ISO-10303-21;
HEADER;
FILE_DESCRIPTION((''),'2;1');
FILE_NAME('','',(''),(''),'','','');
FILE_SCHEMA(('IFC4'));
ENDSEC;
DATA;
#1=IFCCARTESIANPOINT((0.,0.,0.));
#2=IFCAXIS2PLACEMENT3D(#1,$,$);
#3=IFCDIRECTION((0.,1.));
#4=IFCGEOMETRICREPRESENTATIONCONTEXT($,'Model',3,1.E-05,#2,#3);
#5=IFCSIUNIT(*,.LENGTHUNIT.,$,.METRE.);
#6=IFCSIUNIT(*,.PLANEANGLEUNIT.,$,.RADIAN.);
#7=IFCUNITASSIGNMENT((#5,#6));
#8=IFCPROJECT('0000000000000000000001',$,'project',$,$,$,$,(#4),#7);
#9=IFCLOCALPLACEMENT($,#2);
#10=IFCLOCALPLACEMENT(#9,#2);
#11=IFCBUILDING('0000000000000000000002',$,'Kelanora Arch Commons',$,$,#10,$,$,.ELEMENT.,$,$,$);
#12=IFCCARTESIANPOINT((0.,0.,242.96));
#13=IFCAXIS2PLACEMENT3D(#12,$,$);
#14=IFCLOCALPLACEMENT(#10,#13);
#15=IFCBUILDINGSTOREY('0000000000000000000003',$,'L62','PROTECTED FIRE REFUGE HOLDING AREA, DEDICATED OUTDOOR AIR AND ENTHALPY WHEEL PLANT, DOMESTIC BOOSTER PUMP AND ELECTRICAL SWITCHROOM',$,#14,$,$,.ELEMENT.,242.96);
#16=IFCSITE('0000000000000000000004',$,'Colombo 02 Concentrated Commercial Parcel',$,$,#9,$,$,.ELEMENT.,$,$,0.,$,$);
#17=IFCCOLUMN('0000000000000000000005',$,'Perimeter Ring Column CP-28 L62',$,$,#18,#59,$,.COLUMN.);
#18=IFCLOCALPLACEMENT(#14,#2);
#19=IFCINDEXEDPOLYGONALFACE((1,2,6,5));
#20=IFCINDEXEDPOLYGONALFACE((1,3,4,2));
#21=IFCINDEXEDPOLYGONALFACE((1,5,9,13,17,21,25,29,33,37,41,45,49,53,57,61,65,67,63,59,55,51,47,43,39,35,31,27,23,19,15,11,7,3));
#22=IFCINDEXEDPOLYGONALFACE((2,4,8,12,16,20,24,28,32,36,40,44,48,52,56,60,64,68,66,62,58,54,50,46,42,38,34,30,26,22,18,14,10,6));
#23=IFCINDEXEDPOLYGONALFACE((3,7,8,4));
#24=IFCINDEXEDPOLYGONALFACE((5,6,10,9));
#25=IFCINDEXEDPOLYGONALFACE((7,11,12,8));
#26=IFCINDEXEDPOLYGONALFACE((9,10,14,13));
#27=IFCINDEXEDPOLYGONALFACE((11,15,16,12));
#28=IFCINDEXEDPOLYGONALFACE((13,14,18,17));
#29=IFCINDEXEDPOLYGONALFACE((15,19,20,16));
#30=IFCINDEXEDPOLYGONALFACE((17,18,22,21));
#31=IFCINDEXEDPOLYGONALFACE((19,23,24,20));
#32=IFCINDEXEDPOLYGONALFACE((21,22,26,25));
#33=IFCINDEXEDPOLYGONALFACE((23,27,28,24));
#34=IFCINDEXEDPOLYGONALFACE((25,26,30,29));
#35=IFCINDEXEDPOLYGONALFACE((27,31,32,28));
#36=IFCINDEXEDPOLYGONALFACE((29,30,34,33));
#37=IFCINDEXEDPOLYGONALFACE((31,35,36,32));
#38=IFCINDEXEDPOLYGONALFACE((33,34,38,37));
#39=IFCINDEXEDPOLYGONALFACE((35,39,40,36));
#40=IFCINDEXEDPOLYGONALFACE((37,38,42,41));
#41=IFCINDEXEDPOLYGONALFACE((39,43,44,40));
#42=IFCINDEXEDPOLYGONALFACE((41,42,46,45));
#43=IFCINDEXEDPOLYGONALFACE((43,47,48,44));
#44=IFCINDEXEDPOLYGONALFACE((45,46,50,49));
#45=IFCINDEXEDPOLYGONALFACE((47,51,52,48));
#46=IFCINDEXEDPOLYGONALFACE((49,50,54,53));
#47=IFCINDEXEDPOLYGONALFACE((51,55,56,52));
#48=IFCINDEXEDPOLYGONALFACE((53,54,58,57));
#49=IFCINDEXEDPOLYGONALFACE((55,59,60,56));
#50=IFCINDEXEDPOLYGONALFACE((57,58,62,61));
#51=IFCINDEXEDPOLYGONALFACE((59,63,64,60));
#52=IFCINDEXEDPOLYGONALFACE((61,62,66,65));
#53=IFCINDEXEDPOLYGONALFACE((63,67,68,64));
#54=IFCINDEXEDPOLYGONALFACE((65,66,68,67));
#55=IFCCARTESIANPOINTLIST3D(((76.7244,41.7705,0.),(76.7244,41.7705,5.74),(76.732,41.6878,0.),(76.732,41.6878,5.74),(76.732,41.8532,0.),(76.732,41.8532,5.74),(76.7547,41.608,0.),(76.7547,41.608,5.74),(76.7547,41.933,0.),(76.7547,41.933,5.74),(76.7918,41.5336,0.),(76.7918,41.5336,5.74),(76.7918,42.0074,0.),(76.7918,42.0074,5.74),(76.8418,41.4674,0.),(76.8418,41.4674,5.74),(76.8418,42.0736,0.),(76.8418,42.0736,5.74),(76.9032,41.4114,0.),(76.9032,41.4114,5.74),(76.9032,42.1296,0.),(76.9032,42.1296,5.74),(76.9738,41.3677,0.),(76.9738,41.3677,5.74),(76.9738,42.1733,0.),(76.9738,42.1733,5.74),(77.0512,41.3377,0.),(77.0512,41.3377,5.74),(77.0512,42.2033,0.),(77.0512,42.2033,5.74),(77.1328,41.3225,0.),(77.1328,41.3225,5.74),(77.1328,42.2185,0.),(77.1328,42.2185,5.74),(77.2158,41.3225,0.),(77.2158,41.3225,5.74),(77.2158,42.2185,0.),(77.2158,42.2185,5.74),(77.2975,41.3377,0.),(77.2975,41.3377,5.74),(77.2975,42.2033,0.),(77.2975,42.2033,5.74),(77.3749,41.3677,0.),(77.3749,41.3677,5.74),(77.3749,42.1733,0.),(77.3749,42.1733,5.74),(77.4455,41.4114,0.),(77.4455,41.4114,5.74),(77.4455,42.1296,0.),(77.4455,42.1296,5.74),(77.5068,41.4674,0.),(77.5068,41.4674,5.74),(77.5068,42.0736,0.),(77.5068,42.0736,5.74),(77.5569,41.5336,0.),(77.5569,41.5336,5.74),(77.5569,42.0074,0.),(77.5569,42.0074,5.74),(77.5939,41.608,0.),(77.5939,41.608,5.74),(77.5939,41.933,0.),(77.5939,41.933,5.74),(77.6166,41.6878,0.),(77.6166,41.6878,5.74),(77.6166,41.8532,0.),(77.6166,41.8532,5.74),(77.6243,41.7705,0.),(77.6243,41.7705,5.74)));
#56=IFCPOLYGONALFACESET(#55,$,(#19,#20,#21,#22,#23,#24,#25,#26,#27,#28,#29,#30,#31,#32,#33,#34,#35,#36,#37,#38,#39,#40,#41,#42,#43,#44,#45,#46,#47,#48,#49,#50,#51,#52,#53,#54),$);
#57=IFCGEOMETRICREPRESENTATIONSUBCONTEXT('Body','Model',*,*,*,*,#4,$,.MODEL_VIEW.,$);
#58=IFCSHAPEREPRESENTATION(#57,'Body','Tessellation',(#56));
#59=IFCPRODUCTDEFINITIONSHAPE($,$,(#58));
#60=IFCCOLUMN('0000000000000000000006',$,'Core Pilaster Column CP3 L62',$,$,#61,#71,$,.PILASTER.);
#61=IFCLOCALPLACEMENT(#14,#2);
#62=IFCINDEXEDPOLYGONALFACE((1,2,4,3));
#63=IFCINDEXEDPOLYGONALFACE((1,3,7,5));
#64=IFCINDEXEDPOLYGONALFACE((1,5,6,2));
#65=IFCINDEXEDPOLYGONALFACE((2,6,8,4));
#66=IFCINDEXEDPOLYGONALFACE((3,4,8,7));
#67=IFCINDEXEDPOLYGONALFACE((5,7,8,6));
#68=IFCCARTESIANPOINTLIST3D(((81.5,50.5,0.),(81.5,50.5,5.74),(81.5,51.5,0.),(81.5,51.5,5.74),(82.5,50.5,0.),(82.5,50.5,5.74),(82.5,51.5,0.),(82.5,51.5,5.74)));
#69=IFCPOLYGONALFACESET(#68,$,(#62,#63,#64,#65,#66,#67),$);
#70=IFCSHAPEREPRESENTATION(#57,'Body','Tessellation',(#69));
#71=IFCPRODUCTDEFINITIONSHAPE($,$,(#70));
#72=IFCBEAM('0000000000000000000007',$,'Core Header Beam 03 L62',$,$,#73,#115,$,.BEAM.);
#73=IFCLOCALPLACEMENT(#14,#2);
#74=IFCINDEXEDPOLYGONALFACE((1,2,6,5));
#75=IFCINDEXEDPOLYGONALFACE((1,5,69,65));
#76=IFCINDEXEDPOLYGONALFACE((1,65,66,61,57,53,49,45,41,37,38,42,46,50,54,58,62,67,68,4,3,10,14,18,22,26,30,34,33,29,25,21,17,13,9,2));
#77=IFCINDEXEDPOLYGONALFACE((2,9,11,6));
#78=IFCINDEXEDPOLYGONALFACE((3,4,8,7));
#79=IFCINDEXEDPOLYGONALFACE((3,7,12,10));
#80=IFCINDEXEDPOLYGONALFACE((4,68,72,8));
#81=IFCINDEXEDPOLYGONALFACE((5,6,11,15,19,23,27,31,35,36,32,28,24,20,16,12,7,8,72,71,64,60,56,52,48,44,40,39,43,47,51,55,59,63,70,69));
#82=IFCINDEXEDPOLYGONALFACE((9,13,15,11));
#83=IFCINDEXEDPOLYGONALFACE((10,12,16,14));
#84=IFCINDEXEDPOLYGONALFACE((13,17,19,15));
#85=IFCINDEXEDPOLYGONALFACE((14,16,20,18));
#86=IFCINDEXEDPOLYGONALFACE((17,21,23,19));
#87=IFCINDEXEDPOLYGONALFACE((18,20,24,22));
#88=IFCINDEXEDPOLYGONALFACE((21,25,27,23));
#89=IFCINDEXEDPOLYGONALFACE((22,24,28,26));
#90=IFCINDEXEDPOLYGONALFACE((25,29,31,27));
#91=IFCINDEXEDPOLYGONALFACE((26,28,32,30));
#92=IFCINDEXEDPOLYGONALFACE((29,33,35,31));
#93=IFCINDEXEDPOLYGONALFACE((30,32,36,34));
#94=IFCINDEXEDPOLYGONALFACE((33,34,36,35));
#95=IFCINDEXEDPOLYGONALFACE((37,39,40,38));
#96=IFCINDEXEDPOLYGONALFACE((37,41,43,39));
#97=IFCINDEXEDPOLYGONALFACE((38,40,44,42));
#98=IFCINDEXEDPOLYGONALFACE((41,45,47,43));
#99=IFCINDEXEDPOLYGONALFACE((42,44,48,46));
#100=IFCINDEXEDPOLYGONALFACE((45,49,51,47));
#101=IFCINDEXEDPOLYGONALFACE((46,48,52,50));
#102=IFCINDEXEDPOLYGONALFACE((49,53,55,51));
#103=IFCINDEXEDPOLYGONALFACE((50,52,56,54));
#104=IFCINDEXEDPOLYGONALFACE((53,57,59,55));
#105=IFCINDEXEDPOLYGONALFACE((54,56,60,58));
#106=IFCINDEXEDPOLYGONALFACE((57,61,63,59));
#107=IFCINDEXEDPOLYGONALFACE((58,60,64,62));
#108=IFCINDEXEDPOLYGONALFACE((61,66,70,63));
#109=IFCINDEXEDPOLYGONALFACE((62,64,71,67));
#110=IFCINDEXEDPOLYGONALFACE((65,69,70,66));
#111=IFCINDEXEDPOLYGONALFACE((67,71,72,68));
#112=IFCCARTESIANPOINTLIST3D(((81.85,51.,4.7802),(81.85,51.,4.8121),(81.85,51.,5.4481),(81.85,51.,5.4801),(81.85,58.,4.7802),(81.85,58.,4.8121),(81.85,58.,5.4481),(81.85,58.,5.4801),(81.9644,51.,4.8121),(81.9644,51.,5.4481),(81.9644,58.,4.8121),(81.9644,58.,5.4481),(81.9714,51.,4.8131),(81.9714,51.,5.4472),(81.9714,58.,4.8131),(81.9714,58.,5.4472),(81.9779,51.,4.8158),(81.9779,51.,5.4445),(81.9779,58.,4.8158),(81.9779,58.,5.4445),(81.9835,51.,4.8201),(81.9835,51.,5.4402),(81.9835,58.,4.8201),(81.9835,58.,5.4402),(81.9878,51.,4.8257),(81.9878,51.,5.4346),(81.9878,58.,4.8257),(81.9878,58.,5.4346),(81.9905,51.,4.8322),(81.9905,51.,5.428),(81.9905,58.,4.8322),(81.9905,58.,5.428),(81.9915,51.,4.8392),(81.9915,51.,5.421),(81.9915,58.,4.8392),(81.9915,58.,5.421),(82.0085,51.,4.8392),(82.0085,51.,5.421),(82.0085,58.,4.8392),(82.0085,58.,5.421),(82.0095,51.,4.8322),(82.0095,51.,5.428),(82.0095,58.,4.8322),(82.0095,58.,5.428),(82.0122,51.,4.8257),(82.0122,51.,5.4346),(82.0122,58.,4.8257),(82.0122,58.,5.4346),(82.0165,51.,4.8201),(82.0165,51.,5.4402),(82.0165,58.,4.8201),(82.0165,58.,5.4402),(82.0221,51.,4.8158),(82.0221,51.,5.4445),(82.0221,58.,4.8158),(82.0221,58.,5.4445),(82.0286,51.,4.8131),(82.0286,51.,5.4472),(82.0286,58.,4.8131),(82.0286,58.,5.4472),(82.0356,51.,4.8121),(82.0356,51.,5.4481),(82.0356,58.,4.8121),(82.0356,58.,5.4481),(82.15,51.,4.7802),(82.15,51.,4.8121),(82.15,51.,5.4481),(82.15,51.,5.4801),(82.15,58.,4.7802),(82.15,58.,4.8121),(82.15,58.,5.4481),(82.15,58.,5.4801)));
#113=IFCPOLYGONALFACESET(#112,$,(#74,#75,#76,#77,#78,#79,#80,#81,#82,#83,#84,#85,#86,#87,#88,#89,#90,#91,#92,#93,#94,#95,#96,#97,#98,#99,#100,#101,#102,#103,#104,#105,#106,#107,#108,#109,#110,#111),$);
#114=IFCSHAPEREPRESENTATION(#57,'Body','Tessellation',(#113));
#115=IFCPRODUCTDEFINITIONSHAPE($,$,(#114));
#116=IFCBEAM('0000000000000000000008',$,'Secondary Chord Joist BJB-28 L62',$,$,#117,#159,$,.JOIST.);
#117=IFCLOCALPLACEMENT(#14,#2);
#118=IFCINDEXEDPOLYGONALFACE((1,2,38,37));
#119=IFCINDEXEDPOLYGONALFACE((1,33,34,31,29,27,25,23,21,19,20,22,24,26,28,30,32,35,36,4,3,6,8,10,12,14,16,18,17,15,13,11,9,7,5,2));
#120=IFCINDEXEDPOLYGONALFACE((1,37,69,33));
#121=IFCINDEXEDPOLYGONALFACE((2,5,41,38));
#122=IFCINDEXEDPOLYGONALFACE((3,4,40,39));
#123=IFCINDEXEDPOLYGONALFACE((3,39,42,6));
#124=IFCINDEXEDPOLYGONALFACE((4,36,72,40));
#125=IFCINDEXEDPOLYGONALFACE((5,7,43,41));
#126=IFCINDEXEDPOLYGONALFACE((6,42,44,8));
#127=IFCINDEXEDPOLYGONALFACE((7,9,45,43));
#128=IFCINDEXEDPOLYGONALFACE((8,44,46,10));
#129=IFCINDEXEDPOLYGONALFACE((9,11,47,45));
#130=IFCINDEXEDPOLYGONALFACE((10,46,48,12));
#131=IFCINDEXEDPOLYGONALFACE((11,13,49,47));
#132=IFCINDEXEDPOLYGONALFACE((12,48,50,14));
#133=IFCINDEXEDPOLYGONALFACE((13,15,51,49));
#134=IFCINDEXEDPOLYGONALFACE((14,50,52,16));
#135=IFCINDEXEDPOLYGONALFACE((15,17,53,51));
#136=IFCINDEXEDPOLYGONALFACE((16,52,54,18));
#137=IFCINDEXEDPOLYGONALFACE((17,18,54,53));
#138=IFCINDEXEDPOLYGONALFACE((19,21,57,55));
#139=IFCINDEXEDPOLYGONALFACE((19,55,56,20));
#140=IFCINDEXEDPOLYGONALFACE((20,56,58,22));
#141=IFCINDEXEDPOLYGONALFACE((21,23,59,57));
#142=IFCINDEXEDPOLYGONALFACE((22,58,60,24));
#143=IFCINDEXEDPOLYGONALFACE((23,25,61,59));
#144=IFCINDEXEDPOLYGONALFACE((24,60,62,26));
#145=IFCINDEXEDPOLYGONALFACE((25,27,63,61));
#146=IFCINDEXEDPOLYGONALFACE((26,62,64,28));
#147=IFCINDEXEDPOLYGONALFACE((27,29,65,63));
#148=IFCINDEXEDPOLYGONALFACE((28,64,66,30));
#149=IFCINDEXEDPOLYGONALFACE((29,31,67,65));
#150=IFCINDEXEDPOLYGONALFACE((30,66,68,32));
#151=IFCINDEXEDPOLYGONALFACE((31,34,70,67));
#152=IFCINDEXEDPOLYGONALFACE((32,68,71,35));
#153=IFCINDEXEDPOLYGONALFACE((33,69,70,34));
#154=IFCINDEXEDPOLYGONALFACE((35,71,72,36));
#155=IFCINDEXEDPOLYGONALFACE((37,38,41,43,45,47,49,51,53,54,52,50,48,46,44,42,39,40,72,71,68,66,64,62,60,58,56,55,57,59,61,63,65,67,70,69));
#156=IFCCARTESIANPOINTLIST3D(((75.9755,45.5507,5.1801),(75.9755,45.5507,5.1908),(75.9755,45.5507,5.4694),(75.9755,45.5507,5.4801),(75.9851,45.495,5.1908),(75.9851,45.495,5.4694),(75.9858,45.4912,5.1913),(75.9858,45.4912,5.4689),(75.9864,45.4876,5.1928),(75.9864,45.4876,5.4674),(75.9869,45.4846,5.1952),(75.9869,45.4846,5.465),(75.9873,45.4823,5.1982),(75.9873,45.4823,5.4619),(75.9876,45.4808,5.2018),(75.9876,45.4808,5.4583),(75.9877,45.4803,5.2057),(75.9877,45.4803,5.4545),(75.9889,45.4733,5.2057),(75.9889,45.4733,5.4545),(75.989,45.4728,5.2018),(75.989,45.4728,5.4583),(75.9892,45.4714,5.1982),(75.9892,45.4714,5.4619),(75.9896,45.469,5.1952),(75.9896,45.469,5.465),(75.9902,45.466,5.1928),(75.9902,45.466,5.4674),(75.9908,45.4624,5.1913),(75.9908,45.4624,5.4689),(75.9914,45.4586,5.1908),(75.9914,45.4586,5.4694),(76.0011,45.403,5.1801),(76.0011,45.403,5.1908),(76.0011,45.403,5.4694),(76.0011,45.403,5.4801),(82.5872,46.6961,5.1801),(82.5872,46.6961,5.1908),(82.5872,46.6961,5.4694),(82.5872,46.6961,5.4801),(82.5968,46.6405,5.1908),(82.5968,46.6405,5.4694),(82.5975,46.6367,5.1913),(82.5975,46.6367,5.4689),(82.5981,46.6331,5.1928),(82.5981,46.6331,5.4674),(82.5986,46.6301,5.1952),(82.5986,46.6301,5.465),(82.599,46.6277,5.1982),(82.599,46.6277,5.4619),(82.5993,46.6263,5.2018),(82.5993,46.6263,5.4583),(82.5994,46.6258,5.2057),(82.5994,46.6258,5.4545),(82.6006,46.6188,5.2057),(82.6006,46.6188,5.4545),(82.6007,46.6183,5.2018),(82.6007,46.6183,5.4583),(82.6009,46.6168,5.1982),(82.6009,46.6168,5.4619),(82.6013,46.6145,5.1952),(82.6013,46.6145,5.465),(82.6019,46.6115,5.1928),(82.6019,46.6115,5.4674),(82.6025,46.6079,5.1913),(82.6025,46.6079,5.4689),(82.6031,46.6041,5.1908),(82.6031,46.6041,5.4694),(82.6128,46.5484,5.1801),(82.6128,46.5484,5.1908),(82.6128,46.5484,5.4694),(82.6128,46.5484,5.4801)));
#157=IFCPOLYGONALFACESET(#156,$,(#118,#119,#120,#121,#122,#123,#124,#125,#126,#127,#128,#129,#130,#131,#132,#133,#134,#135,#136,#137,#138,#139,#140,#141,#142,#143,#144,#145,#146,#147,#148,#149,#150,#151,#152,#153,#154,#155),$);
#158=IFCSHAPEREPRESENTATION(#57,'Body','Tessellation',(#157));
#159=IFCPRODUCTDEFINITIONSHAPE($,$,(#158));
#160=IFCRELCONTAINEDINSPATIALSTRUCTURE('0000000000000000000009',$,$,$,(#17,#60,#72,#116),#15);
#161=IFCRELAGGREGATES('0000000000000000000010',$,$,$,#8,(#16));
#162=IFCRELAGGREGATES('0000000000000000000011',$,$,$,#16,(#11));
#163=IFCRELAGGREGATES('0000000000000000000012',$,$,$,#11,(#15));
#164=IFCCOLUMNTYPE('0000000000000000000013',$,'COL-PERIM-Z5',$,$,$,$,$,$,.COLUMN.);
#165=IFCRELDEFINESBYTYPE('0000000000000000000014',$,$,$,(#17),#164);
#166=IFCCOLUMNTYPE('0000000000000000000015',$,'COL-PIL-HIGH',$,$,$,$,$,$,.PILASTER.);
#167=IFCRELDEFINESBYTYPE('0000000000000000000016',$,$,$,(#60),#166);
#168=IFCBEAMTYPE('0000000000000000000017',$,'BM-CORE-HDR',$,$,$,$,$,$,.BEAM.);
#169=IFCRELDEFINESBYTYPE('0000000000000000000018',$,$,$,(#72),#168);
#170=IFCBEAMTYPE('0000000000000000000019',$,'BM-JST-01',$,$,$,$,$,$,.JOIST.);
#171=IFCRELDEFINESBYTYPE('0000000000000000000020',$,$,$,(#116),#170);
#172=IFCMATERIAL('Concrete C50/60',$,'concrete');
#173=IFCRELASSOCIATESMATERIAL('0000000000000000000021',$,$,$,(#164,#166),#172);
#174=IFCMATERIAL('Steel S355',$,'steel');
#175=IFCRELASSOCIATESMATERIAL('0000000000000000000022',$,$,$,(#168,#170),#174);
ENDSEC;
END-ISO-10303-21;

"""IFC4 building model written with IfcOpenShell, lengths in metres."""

from ifc_helpers import new_model, si_unit, direction, frame, origin, origin_2d, place, context, subcontext, project, spatial, rectangle, circle, i_section, extrude, material, material_profile, profile_set, type_object, element, save


model = new_model("IFC4")

# Units and contexts
model_context = context("Model", 3, precision=1e-05, world=origin(), true_north=direction((0.0, 1.0)))
body_context = subcontext(model_context, "Body", "Model", "MODEL_VIEW")
ifc_project = project(units=[si_unit("LENGTHUNIT", "METRE"), si_unit("PLANEANGLEUNIT", "RADIAN")], contexts=[model_context])

# Site, building, storey
site_placement = place(None, origin())
site = spatial("IfcSite", under=ifc_project, at=site_placement, Name="Colombo 02 Concentrated Commercial Parcel", CompositionType="ELEMENT", RefElevation=0.0)
building_placement = place(site_placement, origin())
building = spatial("IfcBuilding", under=site, at=building_placement, Name="Kelanora Arch Commons", CompositionType="ELEMENT")
storey_placement = place(building_placement, frame((0.0, 0.0, 242.96)))
storey = spatial("IfcBuildingStorey", under=building, at=storey_placement, Name="L62", Description="PROTECTED FIRE REFUGE HOLDING AREA, DEDICATED OUTDOOR AIR AND ENTHALPY WHEEL PLANT, DOMESTIC BOOSTER PUMP AND ELECTRICAL SWITCHROOM", CompositionType="ELEMENT", Elevation=242.96)

# Columns
ifc_material_1 = material(Name="Concrete C50/60", Category="concrete")
ifc_material_profile_1 = material_profile(ifc_material_1, circle(Radius=0.45, at=origin_2d()), Name="RCC900")
ifc_profile_set_1 = profile_set([ifc_material_profile_1], Name="Concrete C50/60")
column_type_1 = type_object("IfcColumnType", Name="COL-PERIM-Z5", PredefinedType="COLUMN", material=ifc_profile_set_1)
column_1_placement = place(storey_placement, frame((77.1743, 41.7705, 0.0), z_axis=(0.0, 0.0, 1.0), x_axis=(1.0, 0.0, 0.0)))
element("IfcColumn", 1, at=column_1_placement, inside=storey, type_object=column_type_1, Name="Perimeter Ring Column CP-28 L62", PredefinedType="COLUMN", context=body_context, shape_type="SweptSolid", body=[
    extrude(circle(Radius=0.45, at=origin_2d()), origin(), (0.0, 0.0, 1.0), 5.74),
])
ifc_material_profile_2 = material_profile(ifc_material_1, rectangle(XDim=1.0, YDim=1.0, at=origin_2d()), Name="RC1000x1000")
ifc_profile_set_2 = profile_set([ifc_material_profile_2], Name="Concrete C50/60")
column_type_2 = type_object("IfcColumnType", Name="COL-PIL-HIGH", PredefinedType="PILASTER", material=ifc_profile_set_2)
column_2_placement = place(storey_placement, frame((82.0, 51.0, 0.0), z_axis=(0.0, 0.0, 1.0), x_axis=(1.0, 0.0, 0.0)))
element("IfcColumn", 2, at=column_2_placement, inside=storey, type_object=column_type_2, Name="Core Pilaster Column CP3 L62", PredefinedType="PILASTER", context=body_context, shape_type="SweptSolid", body=[
    extrude(rectangle(XDim=1.0, YDim=1.0, at=origin_2d()), origin(), (0.0, 0.0, 1.0), 5.74),
])

# Beams
ifc_material_2 = material(Name="Steel S355", Category="steel")
ifc_material_profile_3 = material_profile(ifc_material_2, i_section(OverallWidth=0.3, OverallDepth=0.7, WebThickness=0.0171, FlangeThickness=0.032, FilletRadius=0.0271, at=origin_2d()), Name="HEB700")
ifc_profile_set_3 = profile_set([ifc_material_profile_3], Name="Steel S355")
beam_type_1 = type_object("IfcBeamType", Name="BM-CORE-HDR", PredefinedType="BEAM", material=ifc_profile_set_3)
beam_1_placement = place(storey_placement, frame((82.0, 51.0, 5.1301), z_axis=(0.0, 1.0, 0.0), x_axis=(-1.0, 0.0, 0.0)))
element("IfcBeam", 3, at=beam_1_placement, inside=storey, type_object=beam_type_1, Name="Core Header Beam 03 L62", PredefinedType="BEAM", context=body_context, shape_type="SweptSolid", body=[
    extrude(i_section(OverallWidth=0.3, OverallDepth=0.7, WebThickness=0.0171, FlangeThickness=0.032, FilletRadius=0.0271, at=origin_2d()), origin(), (0.0, 0.0, 1.0), 7.0),
])
ifc_material_profile_4 = material_profile(ifc_material_2, i_section(OverallWidth=0.1499, OverallDepth=0.3, WebThickness=0.0071, FlangeThickness=0.0107, FilletRadius=0.0149, at=origin_2d()), Name="IPE300")
ifc_profile_set_4 = profile_set([ifc_material_profile_4], Name="Steel S355")
beam_type_2 = type_object("IfcBeamType", Name="BM-JST-01", PredefinedType="JOIST", material=ifc_profile_set_4)
beam_2_placement = place(storey_placement, frame((75.9883, 45.4768, 5.3301), z_axis=(0.985322, 0.170709, 0.0), x_axis=(-0.170709, 0.985322, 0.0)))
element("IfcBeam", 4, at=beam_2_placement, inside=storey, type_object=beam_type_2, Name="Secondary Chord Joist BJB-28 L62", PredefinedType="JOIST", context=body_context, shape_type="SweptSolid", body=[
    extrude(i_section(OverallWidth=0.1499, OverallDepth=0.3, WebThickness=0.0071, FlangeThickness=0.0107, FilletRadius=0.0149, at=origin_2d()), origin(), (0.0, 0.0, 1.0), 6.7102),
])

save(model, "model.ifc")
